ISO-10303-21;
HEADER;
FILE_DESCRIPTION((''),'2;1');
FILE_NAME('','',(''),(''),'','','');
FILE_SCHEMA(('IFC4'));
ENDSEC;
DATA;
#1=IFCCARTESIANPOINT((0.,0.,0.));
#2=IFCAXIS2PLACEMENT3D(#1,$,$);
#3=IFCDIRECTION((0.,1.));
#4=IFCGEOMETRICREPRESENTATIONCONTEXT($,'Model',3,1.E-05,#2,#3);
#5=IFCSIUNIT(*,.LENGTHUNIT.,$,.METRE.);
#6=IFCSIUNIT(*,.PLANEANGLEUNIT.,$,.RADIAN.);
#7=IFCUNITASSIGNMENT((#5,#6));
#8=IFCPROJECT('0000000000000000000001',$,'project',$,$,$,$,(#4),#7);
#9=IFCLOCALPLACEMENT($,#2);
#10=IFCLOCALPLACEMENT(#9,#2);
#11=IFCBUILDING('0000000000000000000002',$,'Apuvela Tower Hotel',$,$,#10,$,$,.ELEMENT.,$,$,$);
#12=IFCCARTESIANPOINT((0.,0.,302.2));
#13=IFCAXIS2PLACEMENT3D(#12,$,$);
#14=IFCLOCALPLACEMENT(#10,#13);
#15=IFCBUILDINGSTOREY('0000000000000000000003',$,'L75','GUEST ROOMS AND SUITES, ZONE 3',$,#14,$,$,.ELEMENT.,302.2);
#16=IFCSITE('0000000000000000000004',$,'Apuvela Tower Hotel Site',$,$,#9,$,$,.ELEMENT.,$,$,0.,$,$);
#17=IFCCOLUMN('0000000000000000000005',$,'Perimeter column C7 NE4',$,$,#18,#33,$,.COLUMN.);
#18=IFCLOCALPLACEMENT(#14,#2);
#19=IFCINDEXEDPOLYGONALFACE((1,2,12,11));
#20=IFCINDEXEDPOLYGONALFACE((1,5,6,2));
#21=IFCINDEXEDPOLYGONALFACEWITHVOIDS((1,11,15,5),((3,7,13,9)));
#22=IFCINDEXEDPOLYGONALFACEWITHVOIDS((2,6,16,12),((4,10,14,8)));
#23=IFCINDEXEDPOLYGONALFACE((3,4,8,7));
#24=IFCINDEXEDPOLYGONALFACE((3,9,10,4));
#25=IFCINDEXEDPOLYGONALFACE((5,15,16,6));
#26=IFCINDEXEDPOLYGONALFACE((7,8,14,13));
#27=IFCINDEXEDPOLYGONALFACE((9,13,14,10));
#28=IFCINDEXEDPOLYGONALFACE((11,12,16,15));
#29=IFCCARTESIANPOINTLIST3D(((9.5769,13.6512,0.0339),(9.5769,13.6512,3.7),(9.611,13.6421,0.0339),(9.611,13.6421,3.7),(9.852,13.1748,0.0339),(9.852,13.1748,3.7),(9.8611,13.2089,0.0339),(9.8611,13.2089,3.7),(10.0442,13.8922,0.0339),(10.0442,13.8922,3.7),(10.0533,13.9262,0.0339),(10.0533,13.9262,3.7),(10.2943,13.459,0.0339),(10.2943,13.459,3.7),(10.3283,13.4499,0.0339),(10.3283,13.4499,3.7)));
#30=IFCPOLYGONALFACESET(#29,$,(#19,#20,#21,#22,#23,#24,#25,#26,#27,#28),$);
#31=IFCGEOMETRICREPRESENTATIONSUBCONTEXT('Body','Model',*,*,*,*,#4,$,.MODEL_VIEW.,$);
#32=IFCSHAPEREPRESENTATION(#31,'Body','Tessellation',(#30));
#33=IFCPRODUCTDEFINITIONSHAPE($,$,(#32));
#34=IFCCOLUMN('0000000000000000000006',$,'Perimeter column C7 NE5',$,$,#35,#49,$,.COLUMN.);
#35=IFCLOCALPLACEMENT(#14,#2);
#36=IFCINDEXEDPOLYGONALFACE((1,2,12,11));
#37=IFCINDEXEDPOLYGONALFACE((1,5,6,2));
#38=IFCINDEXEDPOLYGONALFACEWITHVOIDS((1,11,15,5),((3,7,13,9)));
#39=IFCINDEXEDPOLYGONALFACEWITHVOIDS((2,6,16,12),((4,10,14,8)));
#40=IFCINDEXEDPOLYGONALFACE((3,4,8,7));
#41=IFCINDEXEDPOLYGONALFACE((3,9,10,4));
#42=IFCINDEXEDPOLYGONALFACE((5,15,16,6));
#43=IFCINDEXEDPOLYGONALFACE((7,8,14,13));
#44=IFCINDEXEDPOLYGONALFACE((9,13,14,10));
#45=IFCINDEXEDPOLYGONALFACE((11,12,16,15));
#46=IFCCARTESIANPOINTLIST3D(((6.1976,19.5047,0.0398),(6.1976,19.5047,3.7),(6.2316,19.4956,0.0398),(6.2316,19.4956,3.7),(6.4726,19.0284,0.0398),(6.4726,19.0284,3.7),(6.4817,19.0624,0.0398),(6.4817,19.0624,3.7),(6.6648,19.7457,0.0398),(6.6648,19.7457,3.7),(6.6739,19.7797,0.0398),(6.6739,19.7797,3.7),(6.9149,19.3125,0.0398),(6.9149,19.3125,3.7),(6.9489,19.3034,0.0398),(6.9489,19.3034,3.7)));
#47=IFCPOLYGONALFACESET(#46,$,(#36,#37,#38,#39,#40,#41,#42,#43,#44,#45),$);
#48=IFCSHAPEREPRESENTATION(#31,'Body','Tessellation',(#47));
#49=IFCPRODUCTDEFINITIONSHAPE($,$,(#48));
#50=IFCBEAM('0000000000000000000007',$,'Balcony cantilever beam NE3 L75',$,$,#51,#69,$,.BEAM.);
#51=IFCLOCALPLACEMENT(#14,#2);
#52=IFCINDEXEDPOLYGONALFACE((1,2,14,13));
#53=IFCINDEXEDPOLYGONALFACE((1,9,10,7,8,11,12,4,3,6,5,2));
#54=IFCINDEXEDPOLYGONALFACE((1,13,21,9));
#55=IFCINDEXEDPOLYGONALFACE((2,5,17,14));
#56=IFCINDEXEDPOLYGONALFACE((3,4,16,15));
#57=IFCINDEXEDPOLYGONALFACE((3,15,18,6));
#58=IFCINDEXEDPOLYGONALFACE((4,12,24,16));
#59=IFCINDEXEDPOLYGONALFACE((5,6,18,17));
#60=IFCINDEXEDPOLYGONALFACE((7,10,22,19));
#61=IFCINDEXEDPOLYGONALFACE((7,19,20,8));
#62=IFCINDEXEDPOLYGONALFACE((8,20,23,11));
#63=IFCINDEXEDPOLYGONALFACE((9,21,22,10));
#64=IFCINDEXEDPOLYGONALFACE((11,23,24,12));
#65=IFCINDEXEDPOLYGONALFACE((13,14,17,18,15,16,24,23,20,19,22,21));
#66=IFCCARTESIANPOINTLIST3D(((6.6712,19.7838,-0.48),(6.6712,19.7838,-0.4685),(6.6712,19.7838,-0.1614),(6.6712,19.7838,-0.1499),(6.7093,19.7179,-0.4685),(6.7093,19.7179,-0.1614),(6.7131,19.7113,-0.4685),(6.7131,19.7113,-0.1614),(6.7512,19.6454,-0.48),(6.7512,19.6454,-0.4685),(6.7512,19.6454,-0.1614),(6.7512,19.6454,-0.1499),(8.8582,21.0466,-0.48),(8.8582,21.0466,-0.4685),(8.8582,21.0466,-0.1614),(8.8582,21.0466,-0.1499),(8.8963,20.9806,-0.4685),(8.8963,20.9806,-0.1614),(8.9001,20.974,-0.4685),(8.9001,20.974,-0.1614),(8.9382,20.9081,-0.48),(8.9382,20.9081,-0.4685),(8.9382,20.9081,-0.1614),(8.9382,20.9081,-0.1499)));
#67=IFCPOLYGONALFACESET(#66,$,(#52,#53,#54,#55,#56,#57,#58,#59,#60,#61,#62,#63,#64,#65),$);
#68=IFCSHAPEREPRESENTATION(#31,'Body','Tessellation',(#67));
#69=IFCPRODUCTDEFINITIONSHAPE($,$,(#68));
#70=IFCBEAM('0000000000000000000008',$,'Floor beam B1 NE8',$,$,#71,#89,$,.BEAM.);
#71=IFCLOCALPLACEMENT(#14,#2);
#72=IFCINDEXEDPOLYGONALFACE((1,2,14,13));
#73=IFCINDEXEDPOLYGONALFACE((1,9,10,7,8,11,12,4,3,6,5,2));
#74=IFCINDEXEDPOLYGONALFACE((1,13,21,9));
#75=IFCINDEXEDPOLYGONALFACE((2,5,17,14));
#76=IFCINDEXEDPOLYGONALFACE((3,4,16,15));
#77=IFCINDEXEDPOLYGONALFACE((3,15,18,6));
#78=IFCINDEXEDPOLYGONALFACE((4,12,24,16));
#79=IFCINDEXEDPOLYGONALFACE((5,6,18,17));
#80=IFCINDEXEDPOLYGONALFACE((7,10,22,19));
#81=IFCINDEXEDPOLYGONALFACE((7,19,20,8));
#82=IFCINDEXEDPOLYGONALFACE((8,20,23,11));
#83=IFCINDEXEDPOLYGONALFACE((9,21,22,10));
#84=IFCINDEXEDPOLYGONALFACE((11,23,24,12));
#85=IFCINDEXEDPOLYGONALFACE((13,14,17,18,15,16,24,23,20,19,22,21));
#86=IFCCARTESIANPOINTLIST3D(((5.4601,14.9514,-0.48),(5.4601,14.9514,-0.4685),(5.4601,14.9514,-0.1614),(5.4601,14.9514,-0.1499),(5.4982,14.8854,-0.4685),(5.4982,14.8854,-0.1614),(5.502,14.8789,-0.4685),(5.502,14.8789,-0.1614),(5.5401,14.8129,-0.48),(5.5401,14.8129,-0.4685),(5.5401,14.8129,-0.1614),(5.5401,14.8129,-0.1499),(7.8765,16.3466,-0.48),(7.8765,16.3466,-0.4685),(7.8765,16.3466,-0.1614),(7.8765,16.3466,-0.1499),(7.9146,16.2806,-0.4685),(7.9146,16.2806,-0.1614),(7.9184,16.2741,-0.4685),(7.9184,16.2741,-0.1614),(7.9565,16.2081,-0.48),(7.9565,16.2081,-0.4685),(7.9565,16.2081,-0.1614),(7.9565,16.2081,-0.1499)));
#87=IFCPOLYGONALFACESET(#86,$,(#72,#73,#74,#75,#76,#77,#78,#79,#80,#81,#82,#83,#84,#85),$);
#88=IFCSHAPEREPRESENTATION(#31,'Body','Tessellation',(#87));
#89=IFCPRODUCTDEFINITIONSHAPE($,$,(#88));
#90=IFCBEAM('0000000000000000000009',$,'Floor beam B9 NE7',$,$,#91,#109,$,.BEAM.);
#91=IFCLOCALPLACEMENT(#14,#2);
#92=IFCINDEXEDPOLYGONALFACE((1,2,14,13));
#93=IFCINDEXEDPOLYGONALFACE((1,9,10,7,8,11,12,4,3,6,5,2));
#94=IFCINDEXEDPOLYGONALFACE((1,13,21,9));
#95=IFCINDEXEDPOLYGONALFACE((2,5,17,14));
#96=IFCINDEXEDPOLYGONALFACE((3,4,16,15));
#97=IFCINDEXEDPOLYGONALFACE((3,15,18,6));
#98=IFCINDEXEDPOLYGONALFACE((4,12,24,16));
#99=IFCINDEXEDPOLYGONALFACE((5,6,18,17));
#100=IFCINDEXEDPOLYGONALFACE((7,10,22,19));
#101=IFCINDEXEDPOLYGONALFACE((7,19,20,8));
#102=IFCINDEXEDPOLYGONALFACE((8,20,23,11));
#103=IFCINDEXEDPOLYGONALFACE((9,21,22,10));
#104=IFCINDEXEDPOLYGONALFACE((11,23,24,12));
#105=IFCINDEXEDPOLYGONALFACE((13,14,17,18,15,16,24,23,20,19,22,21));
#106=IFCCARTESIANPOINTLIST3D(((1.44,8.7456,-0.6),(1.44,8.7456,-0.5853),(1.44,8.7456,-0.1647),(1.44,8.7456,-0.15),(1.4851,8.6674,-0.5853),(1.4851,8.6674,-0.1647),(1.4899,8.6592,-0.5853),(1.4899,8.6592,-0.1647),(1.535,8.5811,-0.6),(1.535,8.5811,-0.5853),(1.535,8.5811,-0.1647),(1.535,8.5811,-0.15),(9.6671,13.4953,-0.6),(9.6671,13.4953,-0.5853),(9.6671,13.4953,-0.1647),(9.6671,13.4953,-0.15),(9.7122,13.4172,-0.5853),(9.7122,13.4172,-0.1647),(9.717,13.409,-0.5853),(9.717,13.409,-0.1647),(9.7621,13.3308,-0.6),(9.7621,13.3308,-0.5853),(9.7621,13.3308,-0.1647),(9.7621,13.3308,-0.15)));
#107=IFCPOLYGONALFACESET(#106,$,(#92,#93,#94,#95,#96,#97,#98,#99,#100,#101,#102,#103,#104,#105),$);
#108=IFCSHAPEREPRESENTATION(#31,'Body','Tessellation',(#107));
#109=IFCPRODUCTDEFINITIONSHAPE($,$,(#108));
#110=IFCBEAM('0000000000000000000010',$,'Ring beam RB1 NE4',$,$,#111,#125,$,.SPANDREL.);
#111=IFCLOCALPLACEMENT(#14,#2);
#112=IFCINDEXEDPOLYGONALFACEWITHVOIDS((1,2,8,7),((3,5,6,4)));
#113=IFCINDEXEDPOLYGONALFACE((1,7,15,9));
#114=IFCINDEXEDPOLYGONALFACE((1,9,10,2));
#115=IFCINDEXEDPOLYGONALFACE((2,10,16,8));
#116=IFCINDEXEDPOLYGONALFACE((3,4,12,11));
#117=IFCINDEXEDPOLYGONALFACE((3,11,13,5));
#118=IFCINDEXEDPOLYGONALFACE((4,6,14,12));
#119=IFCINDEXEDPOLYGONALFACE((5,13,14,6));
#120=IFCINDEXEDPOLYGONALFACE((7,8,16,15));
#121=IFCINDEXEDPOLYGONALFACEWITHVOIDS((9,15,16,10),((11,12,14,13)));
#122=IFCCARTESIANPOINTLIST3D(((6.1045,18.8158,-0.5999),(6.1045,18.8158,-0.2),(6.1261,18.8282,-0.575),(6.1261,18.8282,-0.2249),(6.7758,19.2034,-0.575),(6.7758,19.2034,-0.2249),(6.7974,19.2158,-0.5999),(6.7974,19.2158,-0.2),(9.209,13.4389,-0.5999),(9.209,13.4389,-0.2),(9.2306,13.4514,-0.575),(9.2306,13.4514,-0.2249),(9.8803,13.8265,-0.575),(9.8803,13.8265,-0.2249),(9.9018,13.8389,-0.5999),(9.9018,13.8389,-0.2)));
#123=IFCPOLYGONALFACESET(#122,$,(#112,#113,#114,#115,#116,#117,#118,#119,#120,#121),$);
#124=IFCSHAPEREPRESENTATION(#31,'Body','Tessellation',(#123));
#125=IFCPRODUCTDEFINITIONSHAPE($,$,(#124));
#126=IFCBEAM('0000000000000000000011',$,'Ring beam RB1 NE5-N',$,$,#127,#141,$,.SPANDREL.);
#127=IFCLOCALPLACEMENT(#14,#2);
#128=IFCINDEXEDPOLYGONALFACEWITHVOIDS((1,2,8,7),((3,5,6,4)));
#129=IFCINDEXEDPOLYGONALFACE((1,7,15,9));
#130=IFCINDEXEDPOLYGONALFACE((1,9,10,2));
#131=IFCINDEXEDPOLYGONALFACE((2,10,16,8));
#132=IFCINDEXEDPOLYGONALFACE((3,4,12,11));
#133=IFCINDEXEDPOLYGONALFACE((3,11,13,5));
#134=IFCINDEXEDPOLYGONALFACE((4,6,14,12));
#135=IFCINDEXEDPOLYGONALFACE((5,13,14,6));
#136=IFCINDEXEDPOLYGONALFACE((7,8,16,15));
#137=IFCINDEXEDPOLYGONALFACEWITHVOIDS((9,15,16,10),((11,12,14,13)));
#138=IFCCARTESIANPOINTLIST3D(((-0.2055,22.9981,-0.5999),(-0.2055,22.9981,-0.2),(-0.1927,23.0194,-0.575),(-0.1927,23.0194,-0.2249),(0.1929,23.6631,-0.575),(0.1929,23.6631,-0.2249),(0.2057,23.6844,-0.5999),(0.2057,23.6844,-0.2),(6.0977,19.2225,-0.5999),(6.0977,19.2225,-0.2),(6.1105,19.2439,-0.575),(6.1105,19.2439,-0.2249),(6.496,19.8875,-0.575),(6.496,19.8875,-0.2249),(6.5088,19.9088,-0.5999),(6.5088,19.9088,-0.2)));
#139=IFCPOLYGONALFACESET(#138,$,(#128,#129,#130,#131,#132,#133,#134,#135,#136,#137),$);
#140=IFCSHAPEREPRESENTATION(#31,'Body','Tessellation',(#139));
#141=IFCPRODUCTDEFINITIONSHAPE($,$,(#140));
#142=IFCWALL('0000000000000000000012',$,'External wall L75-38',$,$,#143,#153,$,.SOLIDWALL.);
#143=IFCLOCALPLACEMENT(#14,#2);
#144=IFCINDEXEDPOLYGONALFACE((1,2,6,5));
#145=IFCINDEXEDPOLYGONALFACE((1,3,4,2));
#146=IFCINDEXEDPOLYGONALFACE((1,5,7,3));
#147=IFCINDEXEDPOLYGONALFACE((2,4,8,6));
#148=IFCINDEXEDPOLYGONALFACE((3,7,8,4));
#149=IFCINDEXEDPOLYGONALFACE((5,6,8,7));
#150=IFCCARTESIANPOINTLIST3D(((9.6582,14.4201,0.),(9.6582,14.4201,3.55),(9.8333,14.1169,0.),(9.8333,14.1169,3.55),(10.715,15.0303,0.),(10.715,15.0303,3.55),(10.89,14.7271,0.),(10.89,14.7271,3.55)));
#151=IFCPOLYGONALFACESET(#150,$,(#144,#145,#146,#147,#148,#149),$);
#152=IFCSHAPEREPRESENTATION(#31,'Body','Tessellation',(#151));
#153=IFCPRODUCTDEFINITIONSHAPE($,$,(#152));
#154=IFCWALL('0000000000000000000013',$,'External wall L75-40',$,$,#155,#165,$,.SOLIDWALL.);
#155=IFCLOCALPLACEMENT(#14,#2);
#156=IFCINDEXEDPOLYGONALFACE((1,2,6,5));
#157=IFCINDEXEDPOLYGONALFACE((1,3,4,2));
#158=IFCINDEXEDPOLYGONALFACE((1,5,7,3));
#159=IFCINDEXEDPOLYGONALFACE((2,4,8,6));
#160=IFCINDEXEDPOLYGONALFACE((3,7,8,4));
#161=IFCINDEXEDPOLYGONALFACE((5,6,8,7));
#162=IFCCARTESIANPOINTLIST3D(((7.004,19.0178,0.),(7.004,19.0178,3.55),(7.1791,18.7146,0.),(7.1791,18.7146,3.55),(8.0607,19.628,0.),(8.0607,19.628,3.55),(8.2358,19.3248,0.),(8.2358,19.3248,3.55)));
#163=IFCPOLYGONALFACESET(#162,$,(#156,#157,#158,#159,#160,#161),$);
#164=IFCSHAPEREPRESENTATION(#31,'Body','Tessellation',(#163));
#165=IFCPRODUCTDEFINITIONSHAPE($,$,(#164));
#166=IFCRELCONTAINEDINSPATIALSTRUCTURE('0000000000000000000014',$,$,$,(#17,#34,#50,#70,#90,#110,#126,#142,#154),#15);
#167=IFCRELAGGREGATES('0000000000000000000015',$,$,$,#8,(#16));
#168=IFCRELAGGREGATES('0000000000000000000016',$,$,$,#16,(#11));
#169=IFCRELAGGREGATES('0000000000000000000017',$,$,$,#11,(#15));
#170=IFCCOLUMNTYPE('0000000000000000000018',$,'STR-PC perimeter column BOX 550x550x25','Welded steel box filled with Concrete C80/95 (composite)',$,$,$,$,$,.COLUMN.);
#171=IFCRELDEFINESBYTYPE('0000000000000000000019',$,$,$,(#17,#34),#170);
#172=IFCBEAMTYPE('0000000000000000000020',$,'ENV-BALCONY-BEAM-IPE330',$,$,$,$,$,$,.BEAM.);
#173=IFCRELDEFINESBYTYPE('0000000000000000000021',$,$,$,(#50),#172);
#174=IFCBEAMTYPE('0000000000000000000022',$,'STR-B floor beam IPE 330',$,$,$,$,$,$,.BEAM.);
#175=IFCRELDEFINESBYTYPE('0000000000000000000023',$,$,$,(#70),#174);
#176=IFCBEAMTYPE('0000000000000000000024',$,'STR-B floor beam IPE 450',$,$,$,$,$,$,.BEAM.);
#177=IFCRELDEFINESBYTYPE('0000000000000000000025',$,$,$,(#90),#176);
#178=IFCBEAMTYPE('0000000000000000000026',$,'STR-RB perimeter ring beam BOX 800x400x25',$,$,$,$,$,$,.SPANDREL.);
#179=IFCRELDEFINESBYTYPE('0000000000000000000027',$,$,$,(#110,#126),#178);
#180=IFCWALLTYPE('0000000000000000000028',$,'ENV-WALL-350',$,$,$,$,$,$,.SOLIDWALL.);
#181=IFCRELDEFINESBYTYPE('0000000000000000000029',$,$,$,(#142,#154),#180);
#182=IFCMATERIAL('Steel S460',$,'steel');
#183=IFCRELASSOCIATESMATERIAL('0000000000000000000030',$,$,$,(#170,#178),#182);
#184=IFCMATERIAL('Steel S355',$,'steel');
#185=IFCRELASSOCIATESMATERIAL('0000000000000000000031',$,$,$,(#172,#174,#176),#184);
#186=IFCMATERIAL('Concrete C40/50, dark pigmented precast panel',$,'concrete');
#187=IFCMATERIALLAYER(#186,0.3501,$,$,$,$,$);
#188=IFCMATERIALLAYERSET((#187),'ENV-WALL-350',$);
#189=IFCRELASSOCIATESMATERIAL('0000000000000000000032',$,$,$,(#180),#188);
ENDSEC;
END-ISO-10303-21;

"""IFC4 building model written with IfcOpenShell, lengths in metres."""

from ifc_helpers import new_model, si_unit, direction, frame, frame_2d, origin, origin_2d, place, context, subcontext, project, spatial, rectangle, hollow_rectangle, i_section, extrude, boolean, halfspace, material, layer, layer_set, material_profile, profile_set, type_object, element, save


model = new_model("IFC4")

# Units and contexts
model_context = context("Model", 3, precision=1e-05, world=origin(), true_north=direction((0.0, 1.0)))
body_context = subcontext(model_context, "Body", "Model", "MODEL_VIEW")
ifc_project = project(units=[si_unit("LENGTHUNIT", "METRE"), si_unit("PLANEANGLEUNIT", "RADIAN")], contexts=[model_context])

# Site, building, storey
site_placement = place(None, origin())
site = spatial("IfcSite", under=ifc_project, at=site_placement, Name="Apuvela Tower Hotel Site", CompositionType="ELEMENT", RefElevation=0.0)
building_placement = place(site_placement, origin())
building = spatial("IfcBuilding", under=site, at=building_placement, Name="Apuvela Tower Hotel", CompositionType="ELEMENT")
storey_placement = place(building_placement, frame((0.0, 0.0, 302.2)))
storey = spatial("IfcBuildingStorey", under=building, at=storey_placement, Name="L75", Description="GUEST ROOMS AND SUITES, ZONE 3", CompositionType="ELEMENT", Elevation=302.2)

# Columns
ifc_material_1 = material(Name="Steel S460", Category="steel")
ifc_material_profile_1 = material_profile(ifc_material_1, hollow_rectangle(XDim=0.55, YDim=0.55, WallThickness=0.0249, at=origin_2d()), Name="BOX 550x550x25")
ifc_material_2 = material(Name="Concrete C80/95", Category="concrete")
ifc_material_profile_2 = material_profile(ifc_material_2, rectangle(XDim=0.5, YDim=0.5, at=origin_2d()), Name="Concrete C80/95 infill")
ifc_profile_set_1 = profile_set([ifc_material_profile_1, ifc_material_profile_2], Name="Steel S460")
column_type = type_object("IfcColumnType", Name="STR-PC perimeter column BOX 550x550x25", Description="Welded steel box filled with Concrete C80/95 (composite)", PredefinedType="COLUMN", material=ifc_profile_set_1)
column_1_placement = place(storey_placement, frame((9.9526, 13.5505, 0.0), z_axis=(0.0, 0.0, 1.0), x_axis=(-0.5, 0.866025, 0.0)))
element("IfcColumn", 1, at=column_1_placement, inside=storey, type_object=column_type, Name="Perimeter column C7 NE4", PredefinedType="COLUMN", context=body_context, shape_type="SweptSolid", body=[
    boolean("DIFFERENCE", extrude(hollow_rectangle(XDim=0.55, YDim=0.55, WallThickness=0.0249, at=origin_2d()), origin(), (0.0, 0.0, 1.0), 3.7), halfspace(frame((0.0, 0.0, 0.0339), z_axis=(0.0, 0.0, 1.0), x_axis=(1.0, 0.0, 0.0)), True)),
])
column_2_placement = place(storey_placement, frame((6.5732, 19.4041, 0.0), z_axis=(0.0, 0.0, 1.0), x_axis=(-0.5, 0.866025, 0.0)))
element("IfcColumn", 2, at=column_2_placement, inside=storey, type_object=column_type, Name="Perimeter column C7 NE5", PredefinedType="COLUMN", context=body_context, shape_type="SweptSolid", body=[
    boolean("DIFFERENCE", extrude(hollow_rectangle(XDim=0.55, YDim=0.55, WallThickness=0.0249, at=origin_2d()), origin(), (0.0, 0.0, 1.0), 3.7), halfspace(frame((0.0, 0.0, 0.0398), z_axis=(0.0, 0.0, 1.0), x_axis=(1.0, 0.0, 0.0)), True)),
])

# Beams
ifc_material_3 = material(Name="Steel S355", Category="steel")
ifc_material_profile_3 = material_profile(ifc_material_3, i_section(OverallWidth=0.1599, OverallDepth=0.3301, WebThickness=0.0076, FlangeThickness=0.0115, at=origin_2d()), Name="IPE 330")
ifc_profile_set_2 = profile_set([ifc_material_profile_3], Name="Steel S355")
beam_type_1 = type_object("IfcBeamType", Name="ENV-BALCONY-BEAM-IPE330", PredefinedType="BEAM", material=ifc_profile_set_2)
beam_1_placement = place(storey_placement, frame((6.7112, 19.7146, -0.3149), z_axis=(0.866021, 0.500007, 0.0), x_axis=(-0.500007, 0.866021, 0.0)))
element("IfcBeam", 3, at=beam_1_placement, inside=storey, type_object=beam_type_1, Name="Balcony cantilever beam NE3 L75", PredefinedType="BEAM", context=body_context, shape_type="SweptSolid", body=[
    extrude(i_section(OverallWidth=0.1599, OverallDepth=0.3301, WebThickness=0.0076, FlangeThickness=0.0115, at=origin_2d()), origin(), (0.0, 0.0, 1.0), 2.5254),
])
ifc_material_profile_4 = material_profile(ifc_material_3, i_section(OverallWidth=0.1599, OverallDepth=0.3301, WebThickness=0.0076, FlangeThickness=0.0115, at=origin_2d()), Name="IPE 330")
ifc_profile_set_3 = profile_set([ifc_material_profile_4], Name="Steel S355")
beam_type_2 = type_object("IfcBeamType", Name="STR-B floor beam IPE 330", PredefinedType="BEAM", material=ifc_profile_set_3)
beam_2_placement = place(storey_placement, frame((7.9165, 16.2773, -0.3149), z_axis=(-0.866011, -0.500025, 0.0), x_axis=(0.500025, -0.866011, 0.0)))
element("IfcBeam", 4, at=beam_2_placement, inside=storey, type_object=beam_type_2, Name="Floor beam B1 NE8", PredefinedType="BEAM", context=body_context, shape_type="SweptSolid", body=[
    extrude(i_section(OverallWidth=0.1599, OverallDepth=0.3301, WebThickness=0.0076, FlangeThickness=0.0115, at=origin_2d()), origin(), (0.0, 0.0, 1.0), 2.7903),
])
ifc_material_profile_5 = material_profile(ifc_material_3, i_section(OverallWidth=0.1899, OverallDepth=0.45, WebThickness=0.0095, FlangeThickness=0.0146, at=origin_2d()), Name="IPE 450")
ifc_profile_set_4 = profile_set([ifc_material_profile_5], Name="Steel S355")
beam_type_3 = type_object("IfcBeamType", Name="STR-B floor beam IPE 450", PredefinedType="BEAM", material=ifc_profile_set_4)
beam_3_placement = place(storey_placement, frame((9.7146, 13.4131, -0.375), z_axis=(-0.866032, -0.499989, 0.0), x_axis=(0.499989, -0.866032, 0.0)))
element("IfcBeam", 5, at=beam_3_placement, inside=storey, type_object=beam_type_3, Name="Floor beam B9 NE7", PredefinedType="BEAM", context=body_context, shape_type="SweptSolid", body=[
    extrude(i_section(OverallWidth=0.1899, OverallDepth=0.45, WebThickness=0.0095, FlangeThickness=0.0146, at=origin_2d()), origin(), (0.0, 0.0, 1.0), 9.4998),
])
ifc_material_profile_6 = material_profile(ifc_material_1, hollow_rectangle(XDim=0.8, YDim=0.3999, WallThickness=0.0249, at=origin_2d()), Name="BOX 800x400x25")
ifc_profile_set_5 = profile_set([ifc_material_profile_6], Name="Steel S460")
beam_type_4 = type_object("IfcBeamType", Name="STR-RB perimeter ring beam BOX 800x400x25", PredefinedType="SPANDREL", material=ifc_profile_set_5)
beam_4_placement = place(storey_placement, frame((9.5554, 13.6389, -0.3999), z_axis=(-0.500013, 0.866018, 0.0), x_axis=(-0.866018, -0.500013, 0.0)))
element("IfcBeam", 6, at=beam_4_placement, inside=storey, type_object=beam_type_4, Name="Ring beam RB1 NE4", PredefinedType="SPANDREL", context=body_context, shape_type="SweptSolid", body=[
    extrude(hollow_rectangle(XDim=0.8, YDim=0.3999, WallThickness=0.0249, at=origin_2d()), origin(), (0.0, 0.0, 1.0), 6.2087),
])
beam_5_placement = place(storey_placement, frame((6.3032, 19.5657, -0.3999), z_axis=(-0.857871, 0.513865, 0.0), x_axis=(-0.513865, -0.857871, 0.0)))
element("IfcBeam", 7, at=beam_5_placement, inside=storey, type_object=beam_type_4, Name="Ring beam RB1 NE5-N", PredefinedType="SPANDREL", context=body_context, shape_type="SweptSolid", body=[
    extrude(hollow_rectangle(XDim=0.8, YDim=0.3999, WallThickness=0.0249, at=origin_2d()), origin(), (0.0, 0.0, 1.0), 7.3474),
])

# Wall
ifc_material_4 = material(Name="Concrete C40/50, dark pigmented precast panel", Category="concrete")
ifc_layer_1 = layer(ifc_material_4, 0.3501)
ifc_layer_set_1 = layer_set([ifc_layer_1], Name="ENV-WALL-350")
wall_type_1 = type_object("IfcWallType", Name="ENV-WALL-350", PredefinedType="SOLIDWALL", material=ifc_layer_set_1)
wall_1_placement = place(storey_placement, frame((10.8025, 14.8787, 0.0), z_axis=(0.0, 0.0, 1.0), x_axis=(-0.866006, -0.500034, 0.0)))
element("IfcWall", 8, at=wall_1_placement, inside=storey, type_object=wall_type_1, Name="External wall L75-38", PredefinedType="SOLIDWALL", context=body_context, shape_type="SweptSolid", body=[
    extrude(rectangle(XDim=1.2202, YDim=0.3501, at=frame_2d((0.6101, 0.0))), origin(), (0.0, 0.0, 1.0), 3.55),
])

# Wall
wall_2_placement = place(storey_placement, frame((7.0916, 18.8662, 0.0), z_axis=(0.0, 0.0, 1.0), x_axis=(0.866006, 0.500034, 0.0)))
element("IfcWall", 9, at=wall_2_placement, inside=storey, type_object=wall_type_1, Name="External wall L75-40", PredefinedType="SOLIDWALL", context=body_context, shape_type="SweptSolid", body=[
    extrude(rectangle(XDim=1.2202, YDim=0.3501, at=frame_2d((0.6101, 0.0))), origin(), (0.0, 0.0, 1.0), 3.55),
])

save(model, "model.ifc")
